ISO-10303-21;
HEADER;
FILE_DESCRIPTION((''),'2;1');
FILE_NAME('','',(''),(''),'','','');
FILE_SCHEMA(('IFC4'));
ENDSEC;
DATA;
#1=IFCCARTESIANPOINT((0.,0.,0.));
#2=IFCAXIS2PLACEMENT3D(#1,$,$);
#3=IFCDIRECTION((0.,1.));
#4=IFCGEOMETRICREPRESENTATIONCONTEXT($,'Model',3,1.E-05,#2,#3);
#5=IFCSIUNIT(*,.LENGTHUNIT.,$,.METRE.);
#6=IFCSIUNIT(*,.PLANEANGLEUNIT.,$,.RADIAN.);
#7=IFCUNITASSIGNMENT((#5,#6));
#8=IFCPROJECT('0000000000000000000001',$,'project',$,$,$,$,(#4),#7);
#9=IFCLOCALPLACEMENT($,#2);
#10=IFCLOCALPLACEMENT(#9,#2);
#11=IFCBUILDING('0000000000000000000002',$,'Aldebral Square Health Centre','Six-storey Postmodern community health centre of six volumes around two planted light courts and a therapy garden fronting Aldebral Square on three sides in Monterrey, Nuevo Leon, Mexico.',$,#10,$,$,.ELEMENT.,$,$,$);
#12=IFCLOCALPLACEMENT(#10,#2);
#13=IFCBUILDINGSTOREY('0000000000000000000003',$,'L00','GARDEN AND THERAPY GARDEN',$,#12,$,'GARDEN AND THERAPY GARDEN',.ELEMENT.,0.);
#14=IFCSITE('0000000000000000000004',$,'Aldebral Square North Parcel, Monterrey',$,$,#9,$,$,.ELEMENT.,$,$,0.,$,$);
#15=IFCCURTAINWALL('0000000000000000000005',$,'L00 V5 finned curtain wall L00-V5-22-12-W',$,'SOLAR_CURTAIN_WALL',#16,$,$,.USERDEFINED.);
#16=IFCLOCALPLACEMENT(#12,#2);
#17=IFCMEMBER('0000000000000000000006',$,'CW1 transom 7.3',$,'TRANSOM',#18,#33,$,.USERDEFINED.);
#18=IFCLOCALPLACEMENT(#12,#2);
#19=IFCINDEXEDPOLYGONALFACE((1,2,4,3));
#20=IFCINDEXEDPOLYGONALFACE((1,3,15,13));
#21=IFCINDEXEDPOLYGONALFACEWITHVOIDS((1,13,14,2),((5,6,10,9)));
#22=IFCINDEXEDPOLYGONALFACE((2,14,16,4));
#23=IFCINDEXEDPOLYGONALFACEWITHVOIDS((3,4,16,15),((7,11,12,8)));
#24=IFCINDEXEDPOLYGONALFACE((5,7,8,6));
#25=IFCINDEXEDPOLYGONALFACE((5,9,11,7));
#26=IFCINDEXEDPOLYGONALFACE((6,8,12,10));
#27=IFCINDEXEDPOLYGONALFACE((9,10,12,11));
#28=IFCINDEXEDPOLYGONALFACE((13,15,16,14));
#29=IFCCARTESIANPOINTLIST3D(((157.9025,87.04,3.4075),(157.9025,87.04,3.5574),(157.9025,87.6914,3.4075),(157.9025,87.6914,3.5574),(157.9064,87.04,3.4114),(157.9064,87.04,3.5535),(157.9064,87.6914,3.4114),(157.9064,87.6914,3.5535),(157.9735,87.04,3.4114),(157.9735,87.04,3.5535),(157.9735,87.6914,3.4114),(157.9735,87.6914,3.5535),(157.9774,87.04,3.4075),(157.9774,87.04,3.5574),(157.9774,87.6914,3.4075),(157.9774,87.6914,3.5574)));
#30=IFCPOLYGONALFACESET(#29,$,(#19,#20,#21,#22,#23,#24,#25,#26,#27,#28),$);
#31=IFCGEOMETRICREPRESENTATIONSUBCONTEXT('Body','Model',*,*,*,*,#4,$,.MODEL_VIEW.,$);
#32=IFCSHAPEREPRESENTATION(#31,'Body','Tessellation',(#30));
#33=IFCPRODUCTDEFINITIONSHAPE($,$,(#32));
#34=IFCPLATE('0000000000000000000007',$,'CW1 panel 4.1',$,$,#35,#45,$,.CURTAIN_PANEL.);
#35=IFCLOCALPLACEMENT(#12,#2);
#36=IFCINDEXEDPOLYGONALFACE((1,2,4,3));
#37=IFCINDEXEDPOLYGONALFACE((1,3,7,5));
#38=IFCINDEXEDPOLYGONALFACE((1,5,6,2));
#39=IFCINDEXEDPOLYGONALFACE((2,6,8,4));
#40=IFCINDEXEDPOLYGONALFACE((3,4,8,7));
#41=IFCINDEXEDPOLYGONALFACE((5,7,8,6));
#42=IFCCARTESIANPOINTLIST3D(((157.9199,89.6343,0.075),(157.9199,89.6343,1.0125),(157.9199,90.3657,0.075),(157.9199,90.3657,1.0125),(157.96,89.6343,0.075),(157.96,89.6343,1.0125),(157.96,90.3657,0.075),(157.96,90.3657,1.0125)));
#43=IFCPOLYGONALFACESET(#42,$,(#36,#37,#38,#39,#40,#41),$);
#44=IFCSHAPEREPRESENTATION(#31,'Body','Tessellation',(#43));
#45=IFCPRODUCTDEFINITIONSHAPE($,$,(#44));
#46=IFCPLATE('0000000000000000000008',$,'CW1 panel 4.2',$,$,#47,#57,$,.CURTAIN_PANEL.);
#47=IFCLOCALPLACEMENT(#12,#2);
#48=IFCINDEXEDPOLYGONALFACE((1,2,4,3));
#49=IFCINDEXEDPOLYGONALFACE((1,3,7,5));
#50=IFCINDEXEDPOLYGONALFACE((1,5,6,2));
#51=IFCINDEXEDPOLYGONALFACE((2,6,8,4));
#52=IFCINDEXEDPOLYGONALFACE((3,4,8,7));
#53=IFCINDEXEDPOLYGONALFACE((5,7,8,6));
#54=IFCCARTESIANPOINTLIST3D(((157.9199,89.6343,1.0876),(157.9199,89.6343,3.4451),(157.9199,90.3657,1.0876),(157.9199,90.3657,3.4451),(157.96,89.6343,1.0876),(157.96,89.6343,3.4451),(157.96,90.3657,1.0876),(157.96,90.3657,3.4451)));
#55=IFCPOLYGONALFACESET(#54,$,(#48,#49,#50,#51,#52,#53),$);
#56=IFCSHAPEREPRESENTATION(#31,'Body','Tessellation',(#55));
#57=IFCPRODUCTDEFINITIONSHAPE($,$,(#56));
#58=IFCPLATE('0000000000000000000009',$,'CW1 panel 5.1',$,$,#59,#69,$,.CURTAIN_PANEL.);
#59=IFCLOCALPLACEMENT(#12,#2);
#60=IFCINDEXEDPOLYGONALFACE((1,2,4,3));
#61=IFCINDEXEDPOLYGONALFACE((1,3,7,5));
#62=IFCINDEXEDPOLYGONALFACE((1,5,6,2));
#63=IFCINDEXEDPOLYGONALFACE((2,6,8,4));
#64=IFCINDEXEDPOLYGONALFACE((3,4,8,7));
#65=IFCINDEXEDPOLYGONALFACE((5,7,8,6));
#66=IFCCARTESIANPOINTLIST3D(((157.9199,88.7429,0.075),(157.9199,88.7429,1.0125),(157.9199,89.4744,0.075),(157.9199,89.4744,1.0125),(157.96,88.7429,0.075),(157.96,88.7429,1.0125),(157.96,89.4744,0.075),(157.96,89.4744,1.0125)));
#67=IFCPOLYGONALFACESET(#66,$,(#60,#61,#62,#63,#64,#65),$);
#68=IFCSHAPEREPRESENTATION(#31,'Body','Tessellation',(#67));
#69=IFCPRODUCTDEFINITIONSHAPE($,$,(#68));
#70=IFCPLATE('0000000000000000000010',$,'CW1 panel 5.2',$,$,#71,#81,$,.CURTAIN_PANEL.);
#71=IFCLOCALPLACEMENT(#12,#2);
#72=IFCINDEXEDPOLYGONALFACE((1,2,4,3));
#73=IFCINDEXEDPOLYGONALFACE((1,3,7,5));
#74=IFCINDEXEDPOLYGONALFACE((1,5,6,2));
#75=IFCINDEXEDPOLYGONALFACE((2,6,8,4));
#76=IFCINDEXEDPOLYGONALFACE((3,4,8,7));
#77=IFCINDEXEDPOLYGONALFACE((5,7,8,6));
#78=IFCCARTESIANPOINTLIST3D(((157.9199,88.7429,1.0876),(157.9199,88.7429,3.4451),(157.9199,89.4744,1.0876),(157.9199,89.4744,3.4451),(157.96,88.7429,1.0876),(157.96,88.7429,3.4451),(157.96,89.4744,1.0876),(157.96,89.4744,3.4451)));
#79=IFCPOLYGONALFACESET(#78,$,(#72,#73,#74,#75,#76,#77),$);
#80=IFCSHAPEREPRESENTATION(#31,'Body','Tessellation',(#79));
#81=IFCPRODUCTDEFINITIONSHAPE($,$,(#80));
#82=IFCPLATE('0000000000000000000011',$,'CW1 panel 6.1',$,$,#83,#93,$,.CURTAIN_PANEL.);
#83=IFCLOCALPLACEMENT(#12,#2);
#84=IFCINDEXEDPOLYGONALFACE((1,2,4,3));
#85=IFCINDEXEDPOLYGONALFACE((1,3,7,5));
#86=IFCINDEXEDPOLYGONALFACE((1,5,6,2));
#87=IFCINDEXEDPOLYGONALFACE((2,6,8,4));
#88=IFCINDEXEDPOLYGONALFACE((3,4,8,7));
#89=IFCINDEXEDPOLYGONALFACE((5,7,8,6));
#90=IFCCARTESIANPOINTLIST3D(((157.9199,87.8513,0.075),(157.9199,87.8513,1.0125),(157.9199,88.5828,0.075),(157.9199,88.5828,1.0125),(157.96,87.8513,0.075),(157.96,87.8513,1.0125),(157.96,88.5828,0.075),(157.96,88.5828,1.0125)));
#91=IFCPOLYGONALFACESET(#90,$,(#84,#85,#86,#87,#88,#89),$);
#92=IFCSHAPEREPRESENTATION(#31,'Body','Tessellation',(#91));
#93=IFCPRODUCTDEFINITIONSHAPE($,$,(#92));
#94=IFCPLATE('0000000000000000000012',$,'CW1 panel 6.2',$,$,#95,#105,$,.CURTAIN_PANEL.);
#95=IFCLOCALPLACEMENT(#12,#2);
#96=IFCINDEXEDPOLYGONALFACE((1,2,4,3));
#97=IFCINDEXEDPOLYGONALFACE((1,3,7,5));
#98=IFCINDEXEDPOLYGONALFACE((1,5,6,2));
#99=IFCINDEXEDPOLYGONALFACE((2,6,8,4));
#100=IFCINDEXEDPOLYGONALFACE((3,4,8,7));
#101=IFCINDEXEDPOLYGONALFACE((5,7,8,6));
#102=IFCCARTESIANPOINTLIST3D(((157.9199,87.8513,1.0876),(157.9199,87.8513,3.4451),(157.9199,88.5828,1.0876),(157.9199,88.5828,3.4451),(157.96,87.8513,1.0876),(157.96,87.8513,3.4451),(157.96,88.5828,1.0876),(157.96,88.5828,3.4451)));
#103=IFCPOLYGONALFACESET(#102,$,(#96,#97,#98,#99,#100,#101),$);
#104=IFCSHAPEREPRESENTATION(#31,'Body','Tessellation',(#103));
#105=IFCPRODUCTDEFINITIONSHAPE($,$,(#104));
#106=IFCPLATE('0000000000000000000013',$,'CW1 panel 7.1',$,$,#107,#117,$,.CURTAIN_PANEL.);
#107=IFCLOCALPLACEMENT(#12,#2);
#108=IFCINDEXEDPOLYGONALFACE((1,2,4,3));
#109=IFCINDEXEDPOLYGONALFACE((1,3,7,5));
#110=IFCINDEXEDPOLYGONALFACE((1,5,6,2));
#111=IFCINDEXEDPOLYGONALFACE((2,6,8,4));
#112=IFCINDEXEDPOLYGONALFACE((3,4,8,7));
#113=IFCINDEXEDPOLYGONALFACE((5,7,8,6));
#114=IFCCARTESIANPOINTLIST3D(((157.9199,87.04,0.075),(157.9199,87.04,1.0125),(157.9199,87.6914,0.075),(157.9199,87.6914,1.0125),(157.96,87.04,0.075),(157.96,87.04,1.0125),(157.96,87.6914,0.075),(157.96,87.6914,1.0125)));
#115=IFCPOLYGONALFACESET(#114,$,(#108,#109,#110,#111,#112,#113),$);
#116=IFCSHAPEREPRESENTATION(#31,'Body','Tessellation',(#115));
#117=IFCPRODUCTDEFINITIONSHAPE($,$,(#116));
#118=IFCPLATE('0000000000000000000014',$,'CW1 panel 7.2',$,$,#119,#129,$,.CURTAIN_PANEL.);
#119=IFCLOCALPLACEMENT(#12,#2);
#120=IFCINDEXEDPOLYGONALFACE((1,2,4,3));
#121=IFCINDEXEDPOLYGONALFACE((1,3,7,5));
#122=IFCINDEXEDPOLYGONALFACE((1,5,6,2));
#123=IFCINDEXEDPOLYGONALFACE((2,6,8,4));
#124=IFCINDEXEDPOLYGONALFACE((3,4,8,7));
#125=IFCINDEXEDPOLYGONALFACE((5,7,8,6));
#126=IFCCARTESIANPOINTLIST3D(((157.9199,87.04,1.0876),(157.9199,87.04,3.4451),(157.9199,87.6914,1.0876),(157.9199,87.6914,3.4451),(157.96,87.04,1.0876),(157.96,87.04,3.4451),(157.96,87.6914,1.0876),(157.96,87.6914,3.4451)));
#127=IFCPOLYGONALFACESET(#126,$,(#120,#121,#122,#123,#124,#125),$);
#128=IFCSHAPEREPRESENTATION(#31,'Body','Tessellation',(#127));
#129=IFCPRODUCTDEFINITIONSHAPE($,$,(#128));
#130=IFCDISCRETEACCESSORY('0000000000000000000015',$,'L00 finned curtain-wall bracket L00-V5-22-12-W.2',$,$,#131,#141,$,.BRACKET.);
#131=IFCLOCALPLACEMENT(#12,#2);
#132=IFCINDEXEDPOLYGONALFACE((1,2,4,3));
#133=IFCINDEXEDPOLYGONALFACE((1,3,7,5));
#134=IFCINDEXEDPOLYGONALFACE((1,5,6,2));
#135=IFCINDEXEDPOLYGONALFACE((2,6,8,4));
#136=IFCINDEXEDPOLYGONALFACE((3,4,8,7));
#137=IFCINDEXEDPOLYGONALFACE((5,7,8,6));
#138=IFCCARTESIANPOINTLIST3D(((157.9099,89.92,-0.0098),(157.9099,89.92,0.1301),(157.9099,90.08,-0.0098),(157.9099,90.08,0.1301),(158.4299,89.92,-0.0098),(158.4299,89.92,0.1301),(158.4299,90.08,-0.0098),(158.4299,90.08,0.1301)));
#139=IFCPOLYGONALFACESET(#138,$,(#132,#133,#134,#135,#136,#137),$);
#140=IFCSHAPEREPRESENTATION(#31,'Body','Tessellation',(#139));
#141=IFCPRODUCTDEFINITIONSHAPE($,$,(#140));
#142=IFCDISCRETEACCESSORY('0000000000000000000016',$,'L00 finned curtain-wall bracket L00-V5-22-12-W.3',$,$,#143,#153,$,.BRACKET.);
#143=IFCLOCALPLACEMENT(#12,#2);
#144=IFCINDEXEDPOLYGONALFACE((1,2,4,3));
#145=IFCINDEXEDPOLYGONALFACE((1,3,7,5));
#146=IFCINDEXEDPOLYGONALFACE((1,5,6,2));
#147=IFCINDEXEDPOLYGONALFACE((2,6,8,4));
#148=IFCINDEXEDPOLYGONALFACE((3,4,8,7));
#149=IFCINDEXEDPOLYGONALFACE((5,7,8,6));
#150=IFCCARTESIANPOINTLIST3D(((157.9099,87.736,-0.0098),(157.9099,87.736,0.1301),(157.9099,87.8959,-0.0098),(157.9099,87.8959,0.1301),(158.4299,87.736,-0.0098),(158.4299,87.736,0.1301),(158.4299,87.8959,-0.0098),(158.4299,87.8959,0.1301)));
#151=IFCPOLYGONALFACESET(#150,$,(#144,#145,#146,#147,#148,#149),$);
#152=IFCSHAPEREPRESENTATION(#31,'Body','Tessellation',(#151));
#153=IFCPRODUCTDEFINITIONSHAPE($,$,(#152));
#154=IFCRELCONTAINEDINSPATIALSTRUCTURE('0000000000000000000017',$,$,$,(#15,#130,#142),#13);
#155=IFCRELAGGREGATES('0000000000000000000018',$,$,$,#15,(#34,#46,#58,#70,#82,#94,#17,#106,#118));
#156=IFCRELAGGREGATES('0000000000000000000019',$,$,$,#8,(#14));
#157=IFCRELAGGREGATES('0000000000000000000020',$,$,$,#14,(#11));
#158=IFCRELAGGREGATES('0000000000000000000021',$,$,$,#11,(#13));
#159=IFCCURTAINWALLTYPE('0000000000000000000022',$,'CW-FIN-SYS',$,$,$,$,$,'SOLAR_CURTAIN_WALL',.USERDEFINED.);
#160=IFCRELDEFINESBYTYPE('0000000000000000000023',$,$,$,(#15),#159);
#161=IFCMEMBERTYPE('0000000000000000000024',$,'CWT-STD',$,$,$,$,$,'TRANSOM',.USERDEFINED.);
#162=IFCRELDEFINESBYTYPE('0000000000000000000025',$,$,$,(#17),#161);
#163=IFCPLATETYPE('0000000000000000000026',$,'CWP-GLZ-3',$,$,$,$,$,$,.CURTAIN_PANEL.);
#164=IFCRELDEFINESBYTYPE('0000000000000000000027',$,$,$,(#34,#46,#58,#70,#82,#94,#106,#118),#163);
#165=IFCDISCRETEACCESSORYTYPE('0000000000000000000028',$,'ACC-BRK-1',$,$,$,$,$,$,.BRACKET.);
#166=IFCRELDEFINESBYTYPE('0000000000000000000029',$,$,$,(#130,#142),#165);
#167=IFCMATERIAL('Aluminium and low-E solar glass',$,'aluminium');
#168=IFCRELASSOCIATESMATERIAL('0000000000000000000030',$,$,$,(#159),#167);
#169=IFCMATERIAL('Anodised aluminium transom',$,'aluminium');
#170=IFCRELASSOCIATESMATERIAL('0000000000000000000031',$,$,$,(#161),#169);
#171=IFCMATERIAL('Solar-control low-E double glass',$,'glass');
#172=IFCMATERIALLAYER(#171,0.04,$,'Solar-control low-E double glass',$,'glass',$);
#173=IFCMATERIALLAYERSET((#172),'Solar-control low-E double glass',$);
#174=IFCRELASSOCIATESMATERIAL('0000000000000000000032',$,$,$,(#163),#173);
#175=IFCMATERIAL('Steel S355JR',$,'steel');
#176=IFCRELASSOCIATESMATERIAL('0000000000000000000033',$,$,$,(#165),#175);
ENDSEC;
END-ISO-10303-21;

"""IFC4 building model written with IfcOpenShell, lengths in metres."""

from ifc_helpers import new_model, si_unit, direction, frame, origin, origin_2d, place, context, subcontext, project, spatial, rectangle, hollow_rectangle, extrude, material, layer, layer_set, material_profile, profile_set, type_object, element, aggregate, save


model = new_model("IFC4")

# Units and contexts
model_context = context("Model", 3, precision=1e-05, world=origin(), true_north=direction((0.0, 1.0)))
body_context = subcontext(model_context, "Body", "Model", "MODEL_VIEW")
ifc_project = project(units=[si_unit("LENGTHUNIT", "METRE"), si_unit("PLANEANGLEUNIT", "RADIAN")], contexts=[model_context])

# Site, building, storey
site_placement = place(None, origin())
site = spatial("IfcSite", under=ifc_project, at=site_placement, Name="Aldebral Square North Parcel, Monterrey", CompositionType="ELEMENT", RefElevation=0.0)
building_placement = place(site_placement, origin())
building = spatial("IfcBuilding", under=site, at=building_placement, Name="Aldebral Square Health Centre", Description="Six-storey Postmodern community health centre of six volumes around two planted light courts and a therapy garden fronting Aldebral Square on three sides in Monterrey, Nuevo Leon, Mexico.", CompositionType="ELEMENT")
storey_placement = place(building_placement, origin())
storey = spatial("IfcBuildingStorey", under=building, at=storey_placement, Name="L00", Description="GARDEN AND THERAPY GARDEN", LongName="GARDEN AND THERAPY GARDEN", CompositionType="ELEMENT", Elevation=0.0)

# Curtain wall, member, plates
ifc_material_1 = material(Name="Aluminium and low-E solar glass", Category="aluminium")
curtain_wall_type = type_object("IfcCurtainWallType", Name="CW-FIN-SYS", ElementType="SOLAR_CURTAIN_WALL", PredefinedType="USERDEFINED", material=ifc_material_1)
curtain_wall_placement = place(storey_placement, origin())
curtain_wall = element("IfcCurtainWall", 1, at=curtain_wall_placement, inside=storey, type_object=curtain_wall_type, Name="L00 V5 finned curtain wall L00-V5-22-12-W", ObjectType="SOLAR_CURTAIN_WALL", PredefinedType="USERDEFINED")
ifc_material_2 = material(Name="Anodised aluminium transom", Category="aluminium")
ifc_material_profile_1 = material_profile(ifc_material_2, hollow_rectangle(XDim=0.075, YDim=0.1499, WallThickness=0.0039, at=origin_2d()), Name="CWT 75x150x4")
ifc_profile_set_1 = profile_set([ifc_material_profile_1], Name="Anodised aluminium transom")
member_type_1 = type_object("IfcMemberType", Name="CWT-STD", ElementType="TRANSOM", PredefinedType="USERDEFINED", material=ifc_profile_set_1)
member_1_placement = place(storey_placement, frame((157.9399, 87.6914, 3.4824), z_axis=(0.0, -1.0, 0.0), x_axis=(1.0, 0.0, 0.0)))
member_1 = element("IfcMember", 2, at=member_1_placement, type_object=member_type_1, Name="CW1 transom 7.3", ObjectType="TRANSOM", PredefinedType="USERDEFINED", context=body_context, shape_type="SweptSolid", body=[
    extrude(hollow_rectangle(XDim=0.075, YDim=0.1499, WallThickness=0.0039, at=origin_2d()), origin(), (0.0, 0.0, 1.0), 0.6514),
])
ifc_material_3 = material(Name="Solar-control low-E double glass", Category="glass")
ifc_layer_1 = layer(ifc_material_3, 0.04, Name="Solar-control low-E double glass", Category="glass")
ifc_layer_set_1 = layer_set([ifc_layer_1], Name="Solar-control low-E double glass")
plate_type = type_object("IfcPlateType", Name="CWP-GLZ-3", PredefinedType="CURTAIN_PANEL", material=ifc_layer_set_1)
plate_1_placement = place(storey_placement, frame((157.9399, 90.0, 0.075), z_axis=(0.0, 0.0, 1.0), x_axis=(0.0, -1.0, 0.0)))
plate_1 = element("IfcPlate", 3, at=plate_1_placement, type_object=plate_type, Name="CW1 panel 4.1", PredefinedType="CURTAIN_PANEL", context=body_context, shape_type="SweptSolid", body=[
    extrude(rectangle(XDim=0.7314, YDim=0.04, at=origin_2d()), origin(), (0.0, 0.0, 1.0), 0.9375),
])
plate_2_placement = place(storey_placement, frame((157.9399, 90.0, 1.0876), z_axis=(0.0, 0.0, 1.0), x_axis=(0.0, -1.0, 0.0)))
plate_2 = element("IfcPlate", 4, at=plate_2_placement, type_object=plate_type, Name="CW1 panel 4.2", PredefinedType="CURTAIN_PANEL", context=body_context, shape_type="SweptSolid", body=[
    extrude(rectangle(XDim=0.7314, YDim=0.04, at=origin_2d()), origin(), (0.0, 0.0, 1.0), 2.3574),
])
plate_3_placement = place(storey_placement, frame((157.9399, 89.1086, 0.075), z_axis=(0.0, 0.0, 1.0), x_axis=(0.0, -1.0, 0.0)))
plate_3 = element("IfcPlate", 5, at=plate_3_placement, type_object=plate_type, Name="CW1 panel 5.1", PredefinedType="CURTAIN_PANEL", context=body_context, shape_type="SweptSolid", body=[
    extrude(rectangle(XDim=0.7314, YDim=0.04, at=origin_2d()), origin(), (0.0, 0.0, 1.0), 0.9375),
])
plate_4_placement = place(storey_placement, frame((157.9399, 89.1086, 1.0876), z_axis=(0.0, 0.0, 1.0), x_axis=(0.0, -1.0, 0.0)))
plate_4 = element("IfcPlate", 6, at=plate_4_placement, type_object=plate_type, Name="CW1 panel 5.2", PredefinedType="CURTAIN_PANEL", context=body_context, shape_type="SweptSolid", body=[
    extrude(rectangle(XDim=0.7314, YDim=0.04, at=origin_2d()), origin(), (0.0, 0.0, 1.0), 2.3574),
])
plate_5_placement = place(storey_placement, frame((157.9399, 88.217, 0.075), z_axis=(0.0, 0.0, 1.0), x_axis=(0.0, -1.0, 0.0)))
plate_5 = element("IfcPlate", 7, at=plate_5_placement, type_object=plate_type, Name="CW1 panel 6.1", PredefinedType="CURTAIN_PANEL", context=body_context, shape_type="SweptSolid", body=[
    extrude(rectangle(XDim=0.7314, YDim=0.04, at=origin_2d()), origin(), (0.0, 0.0, 1.0), 0.9375),
])
plate_6_placement = place(storey_placement, frame((157.9399, 88.217, 1.0876), z_axis=(0.0, 0.0, 1.0), x_axis=(0.0, -1.0, 0.0)))
plate_6 = element("IfcPlate", 8, at=plate_6_placement, type_object=plate_type, Name="CW1 panel 6.2", PredefinedType="CURTAIN_PANEL", context=body_context, shape_type="SweptSolid", body=[
    extrude(rectangle(XDim=0.7314, YDim=0.04, at=origin_2d()), origin(), (0.0, 0.0, 1.0), 2.3574),
])
plate_7_placement = place(storey_placement, frame((157.9399, 87.3657, 0.075), z_axis=(0.0, 0.0, 1.0), x_axis=(0.0, -1.0, 0.0)))
plate_7 = element("IfcPlate", 9, at=plate_7_placement, type_object=plate_type, Name="CW1 panel 7.1", PredefinedType="CURTAIN_PANEL", context=body_context, shape_type="SweptSolid", body=[
    extrude(rectangle(XDim=0.6514, YDim=0.04, at=origin_2d()), origin(), (0.0, 0.0, 1.0), 0.9375),
])
plate_8_placement = place(storey_placement, frame((157.9399, 87.3657, 1.0876), z_axis=(0.0, 0.0, 1.0), x_axis=(0.0, -1.0, 0.0)))
plate_8 = element("IfcPlate", 10, at=plate_8_placement, type_object=plate_type, Name="CW1 panel 7.2", PredefinedType="CURTAIN_PANEL", context=body_context, shape_type="SweptSolid", body=[
    extrude(rectangle(XDim=0.6514, YDim=0.04, at=origin_2d()), origin(), (0.0, 0.0, 1.0), 2.3574),
])
aggregate(curtain_wall, [plate_1, plate_2, plate_3, plate_4, plate_5, plate_6, member_1, plate_7, plate_8])

# Discrete accessories
ifc_material_4 = material(Name="Steel S355JR", Category="steel")
discrete_accessory_type = type_object("IfcDiscreteAccessoryType", Name="ACC-BRK-1", PredefinedType="BRACKET", material=ifc_material_4)
for number, where, z_axis, x_axis, name in (
    (11, (158.1699, 90.0, -0.0098), (0.0, 0.0, 1.0), (0.0, 1.0, 0.0), "L00 finned curtain-wall bracket L00-V5-22-12-W.2"),
    (12, (158.1699, 87.8159, -0.0098), (0.0, 0.0, 1.0), (0.0, 1.0, 0.0), "L00 finned curtain-wall bracket L00-V5-22-12-W.3"),
):
    element("IfcDiscreteAccessory", number, at=place(storey_placement, frame(where, z_axis=z_axis, x_axis=x_axis)), inside=storey, type_object=discrete_accessory_type, Name=name, PredefinedType="BRACKET", context=body_context, shape_type="SweptSolid", body=[
        extrude(rectangle(XDim=0.1599, YDim=0.52, at=origin_2d()), origin(), (0.0, 0.0, 1.0), 0.1399),
    ])

save(model, "model.ifc")
